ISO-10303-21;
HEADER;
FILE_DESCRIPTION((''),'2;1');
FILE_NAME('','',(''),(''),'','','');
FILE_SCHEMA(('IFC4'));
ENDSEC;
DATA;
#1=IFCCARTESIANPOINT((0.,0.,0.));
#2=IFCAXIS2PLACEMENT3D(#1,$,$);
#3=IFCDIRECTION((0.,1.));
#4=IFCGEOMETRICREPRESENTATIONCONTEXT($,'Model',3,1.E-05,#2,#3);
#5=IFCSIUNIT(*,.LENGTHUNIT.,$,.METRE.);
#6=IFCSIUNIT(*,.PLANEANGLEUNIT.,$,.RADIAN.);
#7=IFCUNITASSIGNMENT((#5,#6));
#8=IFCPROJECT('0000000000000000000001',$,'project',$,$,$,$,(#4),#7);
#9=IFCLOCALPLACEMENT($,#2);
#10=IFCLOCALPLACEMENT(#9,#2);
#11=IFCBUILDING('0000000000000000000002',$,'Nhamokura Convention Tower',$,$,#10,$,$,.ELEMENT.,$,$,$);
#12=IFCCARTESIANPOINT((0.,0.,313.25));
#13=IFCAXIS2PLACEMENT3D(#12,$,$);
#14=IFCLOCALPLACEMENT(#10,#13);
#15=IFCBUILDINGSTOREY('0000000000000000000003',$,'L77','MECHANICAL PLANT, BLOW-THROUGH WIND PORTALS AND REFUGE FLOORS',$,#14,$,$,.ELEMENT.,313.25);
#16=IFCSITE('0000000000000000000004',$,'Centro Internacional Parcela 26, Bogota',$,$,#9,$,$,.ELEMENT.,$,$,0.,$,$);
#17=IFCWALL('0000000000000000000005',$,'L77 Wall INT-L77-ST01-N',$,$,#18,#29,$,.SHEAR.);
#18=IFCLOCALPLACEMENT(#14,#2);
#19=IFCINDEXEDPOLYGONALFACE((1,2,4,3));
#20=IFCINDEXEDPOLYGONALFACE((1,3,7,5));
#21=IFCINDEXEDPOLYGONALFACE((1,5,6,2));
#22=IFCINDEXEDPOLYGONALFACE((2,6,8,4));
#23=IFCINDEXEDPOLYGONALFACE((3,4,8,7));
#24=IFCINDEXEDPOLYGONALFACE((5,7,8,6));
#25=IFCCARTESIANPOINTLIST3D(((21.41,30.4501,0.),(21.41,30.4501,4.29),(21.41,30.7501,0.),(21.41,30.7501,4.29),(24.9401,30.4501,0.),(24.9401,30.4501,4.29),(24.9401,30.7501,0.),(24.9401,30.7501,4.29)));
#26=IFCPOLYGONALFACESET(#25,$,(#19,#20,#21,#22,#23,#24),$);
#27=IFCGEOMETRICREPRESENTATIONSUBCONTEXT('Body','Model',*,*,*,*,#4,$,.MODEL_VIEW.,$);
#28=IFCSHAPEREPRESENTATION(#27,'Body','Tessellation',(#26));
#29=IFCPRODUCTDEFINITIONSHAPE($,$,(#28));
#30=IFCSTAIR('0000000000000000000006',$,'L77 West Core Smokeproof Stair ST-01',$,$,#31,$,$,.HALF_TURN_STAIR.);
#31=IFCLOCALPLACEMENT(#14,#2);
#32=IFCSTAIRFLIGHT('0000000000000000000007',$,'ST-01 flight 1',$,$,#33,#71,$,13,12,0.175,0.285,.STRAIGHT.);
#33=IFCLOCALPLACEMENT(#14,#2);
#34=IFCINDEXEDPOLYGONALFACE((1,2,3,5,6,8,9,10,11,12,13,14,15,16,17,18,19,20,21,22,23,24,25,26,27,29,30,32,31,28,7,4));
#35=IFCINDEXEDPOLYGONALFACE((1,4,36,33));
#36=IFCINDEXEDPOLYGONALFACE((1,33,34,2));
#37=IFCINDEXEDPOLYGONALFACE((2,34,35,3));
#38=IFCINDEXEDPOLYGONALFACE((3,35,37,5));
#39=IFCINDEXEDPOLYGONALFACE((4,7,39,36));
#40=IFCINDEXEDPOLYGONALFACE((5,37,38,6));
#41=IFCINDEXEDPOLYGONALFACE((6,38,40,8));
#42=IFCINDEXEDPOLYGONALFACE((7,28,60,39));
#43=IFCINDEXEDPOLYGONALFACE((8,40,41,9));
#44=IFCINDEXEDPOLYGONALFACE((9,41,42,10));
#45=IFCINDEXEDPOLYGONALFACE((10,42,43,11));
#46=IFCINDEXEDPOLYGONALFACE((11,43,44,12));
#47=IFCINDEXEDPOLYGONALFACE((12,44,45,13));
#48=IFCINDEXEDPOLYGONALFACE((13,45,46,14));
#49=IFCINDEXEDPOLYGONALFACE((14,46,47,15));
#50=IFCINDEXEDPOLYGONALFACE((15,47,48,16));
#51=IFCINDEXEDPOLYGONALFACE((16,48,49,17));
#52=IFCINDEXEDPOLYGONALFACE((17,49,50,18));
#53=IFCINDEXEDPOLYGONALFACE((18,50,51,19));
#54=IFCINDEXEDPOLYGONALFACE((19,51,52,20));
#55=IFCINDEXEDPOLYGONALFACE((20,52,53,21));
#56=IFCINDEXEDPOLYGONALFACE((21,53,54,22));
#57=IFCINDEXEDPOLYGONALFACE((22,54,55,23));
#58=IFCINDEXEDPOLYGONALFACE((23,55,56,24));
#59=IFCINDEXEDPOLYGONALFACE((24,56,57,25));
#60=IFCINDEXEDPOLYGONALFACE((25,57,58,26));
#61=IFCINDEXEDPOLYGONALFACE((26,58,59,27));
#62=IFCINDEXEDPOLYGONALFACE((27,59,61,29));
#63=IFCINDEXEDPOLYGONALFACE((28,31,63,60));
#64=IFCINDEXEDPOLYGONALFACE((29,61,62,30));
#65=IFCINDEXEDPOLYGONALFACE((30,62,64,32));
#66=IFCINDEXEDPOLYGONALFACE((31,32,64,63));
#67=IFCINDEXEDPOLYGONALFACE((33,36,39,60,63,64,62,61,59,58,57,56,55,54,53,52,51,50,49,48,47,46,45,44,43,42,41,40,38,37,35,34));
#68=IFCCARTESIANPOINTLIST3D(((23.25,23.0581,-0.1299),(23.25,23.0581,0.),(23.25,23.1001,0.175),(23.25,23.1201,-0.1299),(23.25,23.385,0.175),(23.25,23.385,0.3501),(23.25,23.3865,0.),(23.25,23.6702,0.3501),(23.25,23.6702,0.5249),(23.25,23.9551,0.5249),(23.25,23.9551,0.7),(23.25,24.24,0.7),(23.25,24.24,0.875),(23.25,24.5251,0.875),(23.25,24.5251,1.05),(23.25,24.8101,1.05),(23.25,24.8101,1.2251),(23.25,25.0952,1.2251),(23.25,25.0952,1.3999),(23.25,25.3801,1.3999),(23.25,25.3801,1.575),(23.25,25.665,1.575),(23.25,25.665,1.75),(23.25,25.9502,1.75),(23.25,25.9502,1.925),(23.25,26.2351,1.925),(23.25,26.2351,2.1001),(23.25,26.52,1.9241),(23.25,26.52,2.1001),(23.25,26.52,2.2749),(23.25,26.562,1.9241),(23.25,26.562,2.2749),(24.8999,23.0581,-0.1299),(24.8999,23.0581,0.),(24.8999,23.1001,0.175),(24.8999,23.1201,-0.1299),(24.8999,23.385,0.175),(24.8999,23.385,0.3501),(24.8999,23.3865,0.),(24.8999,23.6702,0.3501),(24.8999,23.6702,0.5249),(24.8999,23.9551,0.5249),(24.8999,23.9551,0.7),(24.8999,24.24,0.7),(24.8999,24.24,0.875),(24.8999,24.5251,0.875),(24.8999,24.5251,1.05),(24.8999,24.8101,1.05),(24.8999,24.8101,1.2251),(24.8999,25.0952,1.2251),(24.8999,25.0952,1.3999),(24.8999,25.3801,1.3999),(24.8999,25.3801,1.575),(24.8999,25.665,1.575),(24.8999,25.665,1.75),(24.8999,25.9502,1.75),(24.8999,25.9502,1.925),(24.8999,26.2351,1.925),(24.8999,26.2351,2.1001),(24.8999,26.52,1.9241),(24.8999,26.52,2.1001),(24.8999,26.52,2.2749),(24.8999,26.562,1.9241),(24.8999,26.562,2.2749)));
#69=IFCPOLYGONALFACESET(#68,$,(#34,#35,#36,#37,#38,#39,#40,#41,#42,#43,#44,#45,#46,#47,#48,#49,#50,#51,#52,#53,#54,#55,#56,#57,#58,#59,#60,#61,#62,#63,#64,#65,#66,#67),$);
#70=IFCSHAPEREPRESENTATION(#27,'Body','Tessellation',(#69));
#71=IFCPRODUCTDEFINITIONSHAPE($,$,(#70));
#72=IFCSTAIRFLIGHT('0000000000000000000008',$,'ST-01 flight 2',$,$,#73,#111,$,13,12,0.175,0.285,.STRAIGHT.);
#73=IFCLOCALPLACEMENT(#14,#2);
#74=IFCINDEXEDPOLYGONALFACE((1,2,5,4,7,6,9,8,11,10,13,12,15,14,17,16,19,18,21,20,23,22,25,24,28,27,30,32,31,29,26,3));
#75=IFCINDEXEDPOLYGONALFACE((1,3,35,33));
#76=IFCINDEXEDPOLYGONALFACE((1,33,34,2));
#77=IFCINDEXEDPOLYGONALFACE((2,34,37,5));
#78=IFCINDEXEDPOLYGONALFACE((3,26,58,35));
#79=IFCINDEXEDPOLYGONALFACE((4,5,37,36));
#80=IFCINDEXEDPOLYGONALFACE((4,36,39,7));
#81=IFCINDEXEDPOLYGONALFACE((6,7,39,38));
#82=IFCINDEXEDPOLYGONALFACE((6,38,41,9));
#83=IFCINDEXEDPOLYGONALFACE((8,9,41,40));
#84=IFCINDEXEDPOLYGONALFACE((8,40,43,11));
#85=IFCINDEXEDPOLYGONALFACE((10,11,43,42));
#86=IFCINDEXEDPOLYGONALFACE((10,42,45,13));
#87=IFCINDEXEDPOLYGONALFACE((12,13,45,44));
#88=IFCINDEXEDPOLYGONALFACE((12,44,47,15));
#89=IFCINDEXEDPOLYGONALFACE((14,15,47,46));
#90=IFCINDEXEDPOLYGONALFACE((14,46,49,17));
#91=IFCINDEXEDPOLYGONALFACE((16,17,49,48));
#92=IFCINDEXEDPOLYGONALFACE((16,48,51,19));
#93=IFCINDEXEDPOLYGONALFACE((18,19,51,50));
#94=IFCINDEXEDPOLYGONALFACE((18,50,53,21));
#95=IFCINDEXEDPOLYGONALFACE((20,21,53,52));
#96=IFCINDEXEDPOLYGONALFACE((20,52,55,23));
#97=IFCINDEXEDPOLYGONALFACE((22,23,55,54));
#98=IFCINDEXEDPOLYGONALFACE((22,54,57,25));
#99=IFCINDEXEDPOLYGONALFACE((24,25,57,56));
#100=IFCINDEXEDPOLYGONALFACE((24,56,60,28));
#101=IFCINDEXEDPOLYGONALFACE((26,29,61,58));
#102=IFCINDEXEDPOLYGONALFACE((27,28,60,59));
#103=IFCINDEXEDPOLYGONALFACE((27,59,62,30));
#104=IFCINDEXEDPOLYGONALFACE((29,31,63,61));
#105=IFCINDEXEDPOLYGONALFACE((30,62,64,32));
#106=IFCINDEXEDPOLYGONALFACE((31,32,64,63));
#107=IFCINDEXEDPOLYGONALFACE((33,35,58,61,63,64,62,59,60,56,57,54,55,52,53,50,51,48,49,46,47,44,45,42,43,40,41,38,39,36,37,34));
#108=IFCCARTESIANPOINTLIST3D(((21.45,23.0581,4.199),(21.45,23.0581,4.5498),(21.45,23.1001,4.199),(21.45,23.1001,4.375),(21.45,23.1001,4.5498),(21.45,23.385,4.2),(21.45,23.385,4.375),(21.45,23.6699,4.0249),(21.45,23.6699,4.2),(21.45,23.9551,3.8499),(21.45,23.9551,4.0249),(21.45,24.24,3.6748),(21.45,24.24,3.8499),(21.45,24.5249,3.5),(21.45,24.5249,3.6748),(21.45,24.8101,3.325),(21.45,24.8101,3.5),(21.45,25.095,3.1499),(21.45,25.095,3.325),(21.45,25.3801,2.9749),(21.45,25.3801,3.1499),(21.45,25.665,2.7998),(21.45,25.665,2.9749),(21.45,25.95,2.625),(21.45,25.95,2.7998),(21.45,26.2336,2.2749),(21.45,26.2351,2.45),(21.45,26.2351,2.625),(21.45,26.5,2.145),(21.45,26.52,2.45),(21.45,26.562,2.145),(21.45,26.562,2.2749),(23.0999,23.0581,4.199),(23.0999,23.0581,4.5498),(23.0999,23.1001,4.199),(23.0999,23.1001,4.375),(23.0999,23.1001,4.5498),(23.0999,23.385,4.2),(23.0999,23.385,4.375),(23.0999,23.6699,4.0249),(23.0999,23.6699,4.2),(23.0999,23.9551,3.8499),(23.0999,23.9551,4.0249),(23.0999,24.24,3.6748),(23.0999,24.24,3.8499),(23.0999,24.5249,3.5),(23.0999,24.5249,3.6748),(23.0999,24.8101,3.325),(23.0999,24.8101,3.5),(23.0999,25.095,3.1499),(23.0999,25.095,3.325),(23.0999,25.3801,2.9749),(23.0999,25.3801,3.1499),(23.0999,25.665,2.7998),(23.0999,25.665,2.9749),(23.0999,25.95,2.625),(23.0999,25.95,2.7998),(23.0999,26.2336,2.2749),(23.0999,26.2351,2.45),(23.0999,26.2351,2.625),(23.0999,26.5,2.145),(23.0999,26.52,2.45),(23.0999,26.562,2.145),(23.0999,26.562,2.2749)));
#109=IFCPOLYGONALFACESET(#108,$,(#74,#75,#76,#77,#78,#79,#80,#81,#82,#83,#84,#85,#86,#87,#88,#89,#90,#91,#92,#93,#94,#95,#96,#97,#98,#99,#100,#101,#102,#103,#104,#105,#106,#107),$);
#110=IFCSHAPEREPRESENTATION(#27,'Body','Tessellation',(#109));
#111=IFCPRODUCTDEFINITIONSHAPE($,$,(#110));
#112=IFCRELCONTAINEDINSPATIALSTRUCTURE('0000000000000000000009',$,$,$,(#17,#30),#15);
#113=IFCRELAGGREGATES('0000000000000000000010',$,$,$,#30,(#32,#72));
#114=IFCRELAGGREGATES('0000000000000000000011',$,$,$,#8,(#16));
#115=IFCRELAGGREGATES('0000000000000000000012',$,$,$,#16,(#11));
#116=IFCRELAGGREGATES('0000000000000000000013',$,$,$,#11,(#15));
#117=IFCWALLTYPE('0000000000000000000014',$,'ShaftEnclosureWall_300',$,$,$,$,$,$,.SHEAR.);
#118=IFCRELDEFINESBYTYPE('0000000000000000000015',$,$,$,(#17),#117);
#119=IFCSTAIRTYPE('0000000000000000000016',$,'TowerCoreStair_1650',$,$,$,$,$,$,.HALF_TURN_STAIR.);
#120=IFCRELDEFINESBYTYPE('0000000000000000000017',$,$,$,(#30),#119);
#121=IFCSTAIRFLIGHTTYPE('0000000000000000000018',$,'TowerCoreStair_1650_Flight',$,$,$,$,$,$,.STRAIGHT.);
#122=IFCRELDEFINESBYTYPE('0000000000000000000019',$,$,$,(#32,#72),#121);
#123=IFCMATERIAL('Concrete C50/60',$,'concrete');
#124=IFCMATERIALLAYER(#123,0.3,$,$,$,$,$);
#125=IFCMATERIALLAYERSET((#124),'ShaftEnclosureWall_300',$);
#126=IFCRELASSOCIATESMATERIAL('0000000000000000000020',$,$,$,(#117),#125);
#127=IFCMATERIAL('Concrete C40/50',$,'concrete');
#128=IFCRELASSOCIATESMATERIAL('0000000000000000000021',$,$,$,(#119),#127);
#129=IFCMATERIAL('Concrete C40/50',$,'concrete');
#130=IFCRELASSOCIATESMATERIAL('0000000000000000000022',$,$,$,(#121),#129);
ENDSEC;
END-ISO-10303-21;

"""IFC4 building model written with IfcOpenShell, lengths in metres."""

from ifc_helpers import new_model, si_unit, direction, frame, frame_2d, origin, place, context, subcontext, project, spatial, polyline, rectangle, outline, extrude, material, layer, layer_set, type_object, element, aggregate, save


model = new_model("IFC4")

# Units and contexts
model_context = context("Model", 3, precision=1e-05, world=origin(), true_north=direction((0.0, 1.0)))
body_context = subcontext(model_context, "Body", "Model", "MODEL_VIEW")
ifc_project = project(units=[si_unit("LENGTHUNIT", "METRE"), si_unit("PLANEANGLEUNIT", "RADIAN")], contexts=[model_context])

# Site, building, storey
site_placement = place(None, origin())
site = spatial("IfcSite", under=ifc_project, at=site_placement, Name="Centro Internacional Parcela 26, Bogota", CompositionType="ELEMENT", RefElevation=0.0)
building_placement = place(site_placement, origin())
building = spatial("IfcBuilding", under=site, at=building_placement, Name="Nhamokura Convention Tower", CompositionType="ELEMENT")
storey_placement = place(building_placement, frame((0.0, 0.0, 313.25)))
storey = spatial("IfcBuildingStorey", under=building, at=storey_placement, Name="L77", Description="MECHANICAL PLANT, BLOW-THROUGH WIND PORTALS AND REFUGE FLOORS", CompositionType="ELEMENT", Elevation=313.25)

# Wall
ifc_material_1 = material(Name="Concrete C50/60", Category="concrete")
ifc_layer_1 = layer(ifc_material_1, 0.3)
ifc_layer_set_1 = layer_set([ifc_layer_1], Name="ShaftEnclosureWall_300")
wall_type_1 = type_object("IfcWallType", Name="ShaftEnclosureWall_300", PredefinedType="SHEAR", material=ifc_layer_set_1)
wall_1_placement = place(storey_placement, frame((21.4099, 30.6001, 0.0), z_axis=(0.0, 0.0, 1.0), x_axis=(1.0, 0.0, 0.0)))
element("IfcWall", 1, at=wall_1_placement, inside=storey, type_object=wall_type_1, Name="L77 Wall INT-L77-ST01-N", PredefinedType="SHEAR", context=body_context, shape_type="SweptSolid", body=[
    extrude(rectangle(XDim=3.53, YDim=0.3, at=frame_2d((1.7651, 0.0))), origin(), (0.0, 0.0, 1.0), 4.29),
])

# Stair, stair flights
ifc_material_2 = material(Name="Concrete C40/50", Category="concrete")
stair_type = type_object("IfcStairType", Name="TowerCoreStair_1650", PredefinedType="HALF_TURN_STAIR", material=ifc_material_2)
stair_placement = place(storey_placement, origin())
stair = element("IfcStair", 2, at=stair_placement, inside=storey, type_object=stair_type, Name="L77 West Core Smokeproof Stair ST-01", PredefinedType="HALF_TURN_STAIR")
ifc_material_3 = material(Name="Concrete C40/50", Category="concrete")
stair_flight_type = type_object("IfcStairFlightType", Name="TowerCoreStair_1650_Flight", PredefinedType="STRAIGHT", material=ifc_material_3)
stair_flight_1_placement = place(storey_placement, frame((24.075, 23.1001, 0.0), z_axis=(0.0, 0.0, 1.0), x_axis=(0.0, 1.0, 0.0)))
stair_flight_1 = element("IfcStairFlight", 3, at=stair_flight_1_placement, type_object=stair_flight_type, Name="ST-01 flight 1", NumberOfRisers=13, NumberOfTreads=12, PredefinedType="STRAIGHT", RiserHeight=0.175, TreadLength=0.285, context=body_context, shape_type="SweptSolid", body=[
    extrude(outline(polyline([(-0.042, 0.0), (0.0, 0.175), (0.2849, 0.175), (0.2849, 0.3501), (0.5701, 0.3501), (0.5701, 0.5249), (0.855, 0.5249), (0.855, 0.7), (1.1399, 0.7), (1.1399, 0.875), (1.425, 0.875), (1.425, 1.05), (1.71, 1.05), (1.71, 1.2251), (1.9951, 1.2251), (1.9951, 1.3999), (2.28, 1.3999), (2.28, 1.575), (2.5649, 1.575), (2.5649, 1.75), (2.8501, 1.75), (2.8501, 1.925), (3.135, 1.925), (3.135, 2.1001), (3.4199, 2.1001), (3.4199, 2.2749), (3.4619, 2.2749), (3.4619, 1.9241), (3.4199, 1.9241), (0.2864, 0.0), (0.02, -0.1299), (-0.042, -0.1299), (-0.042, 0.0)])), frame((0.0, 0.825, 0.0), z_axis=(0.0, -1.0, 0.0), x_axis=(1.0, 0.0, 0.0)), (0.0, 0.0, 1.0), 1.6499),
])
stair_flight_2_placement = place(storey_placement, frame((22.2749, 26.52, 2.2749), z_axis=(0.0, 0.0, 1.0), x_axis=(0.0, -1.0, 0.0)))
stair_flight_2 = element("IfcStairFlight", 4, at=stair_flight_2_placement, type_object=stair_flight_type, Name="ST-01 flight 2", NumberOfRisers=13, NumberOfTreads=12, PredefinedType="STRAIGHT", RiserHeight=0.175, TreadLength=0.285, context=body_context, shape_type="SweptSolid", body=[
    extrude(outline(polyline([(-0.042, 0.0), (0.0, 0.175), (0.2849, 0.175), (0.2849, 0.3501), (0.5701, 0.3501), (0.5701, 0.5249), (0.855, 0.5249), (0.855, 0.7), (1.1399, 0.7), (1.1399, 0.875), (1.425, 0.875), (1.425, 1.05), (1.71, 1.05), (1.71, 1.2251), (1.9951, 1.2251), (1.9951, 1.3999), (2.28, 1.3999), (2.28, 1.575), (2.5649, 1.575), (2.5649, 1.75), (2.8501, 1.75), (2.8501, 1.925), (3.135, 1.925), (3.135, 2.1001), (3.4199, 2.1001), (3.4199, 2.2749), (3.4619, 2.2749), (3.4619, 1.9241), (3.4199, 1.9241), (0.2864, 0.0), (0.02, -0.1299), (-0.042, -0.1299), (-0.042, 0.0)])), frame((0.0, 0.825, 0.0), z_axis=(0.0, -1.0, 0.0), x_axis=(1.0, 0.0, 0.0)), (0.0, 0.0, 1.0), 1.6499),
])
aggregate(stair, [stair_flight_1, stair_flight_2])

save(model, "model.ifc")
